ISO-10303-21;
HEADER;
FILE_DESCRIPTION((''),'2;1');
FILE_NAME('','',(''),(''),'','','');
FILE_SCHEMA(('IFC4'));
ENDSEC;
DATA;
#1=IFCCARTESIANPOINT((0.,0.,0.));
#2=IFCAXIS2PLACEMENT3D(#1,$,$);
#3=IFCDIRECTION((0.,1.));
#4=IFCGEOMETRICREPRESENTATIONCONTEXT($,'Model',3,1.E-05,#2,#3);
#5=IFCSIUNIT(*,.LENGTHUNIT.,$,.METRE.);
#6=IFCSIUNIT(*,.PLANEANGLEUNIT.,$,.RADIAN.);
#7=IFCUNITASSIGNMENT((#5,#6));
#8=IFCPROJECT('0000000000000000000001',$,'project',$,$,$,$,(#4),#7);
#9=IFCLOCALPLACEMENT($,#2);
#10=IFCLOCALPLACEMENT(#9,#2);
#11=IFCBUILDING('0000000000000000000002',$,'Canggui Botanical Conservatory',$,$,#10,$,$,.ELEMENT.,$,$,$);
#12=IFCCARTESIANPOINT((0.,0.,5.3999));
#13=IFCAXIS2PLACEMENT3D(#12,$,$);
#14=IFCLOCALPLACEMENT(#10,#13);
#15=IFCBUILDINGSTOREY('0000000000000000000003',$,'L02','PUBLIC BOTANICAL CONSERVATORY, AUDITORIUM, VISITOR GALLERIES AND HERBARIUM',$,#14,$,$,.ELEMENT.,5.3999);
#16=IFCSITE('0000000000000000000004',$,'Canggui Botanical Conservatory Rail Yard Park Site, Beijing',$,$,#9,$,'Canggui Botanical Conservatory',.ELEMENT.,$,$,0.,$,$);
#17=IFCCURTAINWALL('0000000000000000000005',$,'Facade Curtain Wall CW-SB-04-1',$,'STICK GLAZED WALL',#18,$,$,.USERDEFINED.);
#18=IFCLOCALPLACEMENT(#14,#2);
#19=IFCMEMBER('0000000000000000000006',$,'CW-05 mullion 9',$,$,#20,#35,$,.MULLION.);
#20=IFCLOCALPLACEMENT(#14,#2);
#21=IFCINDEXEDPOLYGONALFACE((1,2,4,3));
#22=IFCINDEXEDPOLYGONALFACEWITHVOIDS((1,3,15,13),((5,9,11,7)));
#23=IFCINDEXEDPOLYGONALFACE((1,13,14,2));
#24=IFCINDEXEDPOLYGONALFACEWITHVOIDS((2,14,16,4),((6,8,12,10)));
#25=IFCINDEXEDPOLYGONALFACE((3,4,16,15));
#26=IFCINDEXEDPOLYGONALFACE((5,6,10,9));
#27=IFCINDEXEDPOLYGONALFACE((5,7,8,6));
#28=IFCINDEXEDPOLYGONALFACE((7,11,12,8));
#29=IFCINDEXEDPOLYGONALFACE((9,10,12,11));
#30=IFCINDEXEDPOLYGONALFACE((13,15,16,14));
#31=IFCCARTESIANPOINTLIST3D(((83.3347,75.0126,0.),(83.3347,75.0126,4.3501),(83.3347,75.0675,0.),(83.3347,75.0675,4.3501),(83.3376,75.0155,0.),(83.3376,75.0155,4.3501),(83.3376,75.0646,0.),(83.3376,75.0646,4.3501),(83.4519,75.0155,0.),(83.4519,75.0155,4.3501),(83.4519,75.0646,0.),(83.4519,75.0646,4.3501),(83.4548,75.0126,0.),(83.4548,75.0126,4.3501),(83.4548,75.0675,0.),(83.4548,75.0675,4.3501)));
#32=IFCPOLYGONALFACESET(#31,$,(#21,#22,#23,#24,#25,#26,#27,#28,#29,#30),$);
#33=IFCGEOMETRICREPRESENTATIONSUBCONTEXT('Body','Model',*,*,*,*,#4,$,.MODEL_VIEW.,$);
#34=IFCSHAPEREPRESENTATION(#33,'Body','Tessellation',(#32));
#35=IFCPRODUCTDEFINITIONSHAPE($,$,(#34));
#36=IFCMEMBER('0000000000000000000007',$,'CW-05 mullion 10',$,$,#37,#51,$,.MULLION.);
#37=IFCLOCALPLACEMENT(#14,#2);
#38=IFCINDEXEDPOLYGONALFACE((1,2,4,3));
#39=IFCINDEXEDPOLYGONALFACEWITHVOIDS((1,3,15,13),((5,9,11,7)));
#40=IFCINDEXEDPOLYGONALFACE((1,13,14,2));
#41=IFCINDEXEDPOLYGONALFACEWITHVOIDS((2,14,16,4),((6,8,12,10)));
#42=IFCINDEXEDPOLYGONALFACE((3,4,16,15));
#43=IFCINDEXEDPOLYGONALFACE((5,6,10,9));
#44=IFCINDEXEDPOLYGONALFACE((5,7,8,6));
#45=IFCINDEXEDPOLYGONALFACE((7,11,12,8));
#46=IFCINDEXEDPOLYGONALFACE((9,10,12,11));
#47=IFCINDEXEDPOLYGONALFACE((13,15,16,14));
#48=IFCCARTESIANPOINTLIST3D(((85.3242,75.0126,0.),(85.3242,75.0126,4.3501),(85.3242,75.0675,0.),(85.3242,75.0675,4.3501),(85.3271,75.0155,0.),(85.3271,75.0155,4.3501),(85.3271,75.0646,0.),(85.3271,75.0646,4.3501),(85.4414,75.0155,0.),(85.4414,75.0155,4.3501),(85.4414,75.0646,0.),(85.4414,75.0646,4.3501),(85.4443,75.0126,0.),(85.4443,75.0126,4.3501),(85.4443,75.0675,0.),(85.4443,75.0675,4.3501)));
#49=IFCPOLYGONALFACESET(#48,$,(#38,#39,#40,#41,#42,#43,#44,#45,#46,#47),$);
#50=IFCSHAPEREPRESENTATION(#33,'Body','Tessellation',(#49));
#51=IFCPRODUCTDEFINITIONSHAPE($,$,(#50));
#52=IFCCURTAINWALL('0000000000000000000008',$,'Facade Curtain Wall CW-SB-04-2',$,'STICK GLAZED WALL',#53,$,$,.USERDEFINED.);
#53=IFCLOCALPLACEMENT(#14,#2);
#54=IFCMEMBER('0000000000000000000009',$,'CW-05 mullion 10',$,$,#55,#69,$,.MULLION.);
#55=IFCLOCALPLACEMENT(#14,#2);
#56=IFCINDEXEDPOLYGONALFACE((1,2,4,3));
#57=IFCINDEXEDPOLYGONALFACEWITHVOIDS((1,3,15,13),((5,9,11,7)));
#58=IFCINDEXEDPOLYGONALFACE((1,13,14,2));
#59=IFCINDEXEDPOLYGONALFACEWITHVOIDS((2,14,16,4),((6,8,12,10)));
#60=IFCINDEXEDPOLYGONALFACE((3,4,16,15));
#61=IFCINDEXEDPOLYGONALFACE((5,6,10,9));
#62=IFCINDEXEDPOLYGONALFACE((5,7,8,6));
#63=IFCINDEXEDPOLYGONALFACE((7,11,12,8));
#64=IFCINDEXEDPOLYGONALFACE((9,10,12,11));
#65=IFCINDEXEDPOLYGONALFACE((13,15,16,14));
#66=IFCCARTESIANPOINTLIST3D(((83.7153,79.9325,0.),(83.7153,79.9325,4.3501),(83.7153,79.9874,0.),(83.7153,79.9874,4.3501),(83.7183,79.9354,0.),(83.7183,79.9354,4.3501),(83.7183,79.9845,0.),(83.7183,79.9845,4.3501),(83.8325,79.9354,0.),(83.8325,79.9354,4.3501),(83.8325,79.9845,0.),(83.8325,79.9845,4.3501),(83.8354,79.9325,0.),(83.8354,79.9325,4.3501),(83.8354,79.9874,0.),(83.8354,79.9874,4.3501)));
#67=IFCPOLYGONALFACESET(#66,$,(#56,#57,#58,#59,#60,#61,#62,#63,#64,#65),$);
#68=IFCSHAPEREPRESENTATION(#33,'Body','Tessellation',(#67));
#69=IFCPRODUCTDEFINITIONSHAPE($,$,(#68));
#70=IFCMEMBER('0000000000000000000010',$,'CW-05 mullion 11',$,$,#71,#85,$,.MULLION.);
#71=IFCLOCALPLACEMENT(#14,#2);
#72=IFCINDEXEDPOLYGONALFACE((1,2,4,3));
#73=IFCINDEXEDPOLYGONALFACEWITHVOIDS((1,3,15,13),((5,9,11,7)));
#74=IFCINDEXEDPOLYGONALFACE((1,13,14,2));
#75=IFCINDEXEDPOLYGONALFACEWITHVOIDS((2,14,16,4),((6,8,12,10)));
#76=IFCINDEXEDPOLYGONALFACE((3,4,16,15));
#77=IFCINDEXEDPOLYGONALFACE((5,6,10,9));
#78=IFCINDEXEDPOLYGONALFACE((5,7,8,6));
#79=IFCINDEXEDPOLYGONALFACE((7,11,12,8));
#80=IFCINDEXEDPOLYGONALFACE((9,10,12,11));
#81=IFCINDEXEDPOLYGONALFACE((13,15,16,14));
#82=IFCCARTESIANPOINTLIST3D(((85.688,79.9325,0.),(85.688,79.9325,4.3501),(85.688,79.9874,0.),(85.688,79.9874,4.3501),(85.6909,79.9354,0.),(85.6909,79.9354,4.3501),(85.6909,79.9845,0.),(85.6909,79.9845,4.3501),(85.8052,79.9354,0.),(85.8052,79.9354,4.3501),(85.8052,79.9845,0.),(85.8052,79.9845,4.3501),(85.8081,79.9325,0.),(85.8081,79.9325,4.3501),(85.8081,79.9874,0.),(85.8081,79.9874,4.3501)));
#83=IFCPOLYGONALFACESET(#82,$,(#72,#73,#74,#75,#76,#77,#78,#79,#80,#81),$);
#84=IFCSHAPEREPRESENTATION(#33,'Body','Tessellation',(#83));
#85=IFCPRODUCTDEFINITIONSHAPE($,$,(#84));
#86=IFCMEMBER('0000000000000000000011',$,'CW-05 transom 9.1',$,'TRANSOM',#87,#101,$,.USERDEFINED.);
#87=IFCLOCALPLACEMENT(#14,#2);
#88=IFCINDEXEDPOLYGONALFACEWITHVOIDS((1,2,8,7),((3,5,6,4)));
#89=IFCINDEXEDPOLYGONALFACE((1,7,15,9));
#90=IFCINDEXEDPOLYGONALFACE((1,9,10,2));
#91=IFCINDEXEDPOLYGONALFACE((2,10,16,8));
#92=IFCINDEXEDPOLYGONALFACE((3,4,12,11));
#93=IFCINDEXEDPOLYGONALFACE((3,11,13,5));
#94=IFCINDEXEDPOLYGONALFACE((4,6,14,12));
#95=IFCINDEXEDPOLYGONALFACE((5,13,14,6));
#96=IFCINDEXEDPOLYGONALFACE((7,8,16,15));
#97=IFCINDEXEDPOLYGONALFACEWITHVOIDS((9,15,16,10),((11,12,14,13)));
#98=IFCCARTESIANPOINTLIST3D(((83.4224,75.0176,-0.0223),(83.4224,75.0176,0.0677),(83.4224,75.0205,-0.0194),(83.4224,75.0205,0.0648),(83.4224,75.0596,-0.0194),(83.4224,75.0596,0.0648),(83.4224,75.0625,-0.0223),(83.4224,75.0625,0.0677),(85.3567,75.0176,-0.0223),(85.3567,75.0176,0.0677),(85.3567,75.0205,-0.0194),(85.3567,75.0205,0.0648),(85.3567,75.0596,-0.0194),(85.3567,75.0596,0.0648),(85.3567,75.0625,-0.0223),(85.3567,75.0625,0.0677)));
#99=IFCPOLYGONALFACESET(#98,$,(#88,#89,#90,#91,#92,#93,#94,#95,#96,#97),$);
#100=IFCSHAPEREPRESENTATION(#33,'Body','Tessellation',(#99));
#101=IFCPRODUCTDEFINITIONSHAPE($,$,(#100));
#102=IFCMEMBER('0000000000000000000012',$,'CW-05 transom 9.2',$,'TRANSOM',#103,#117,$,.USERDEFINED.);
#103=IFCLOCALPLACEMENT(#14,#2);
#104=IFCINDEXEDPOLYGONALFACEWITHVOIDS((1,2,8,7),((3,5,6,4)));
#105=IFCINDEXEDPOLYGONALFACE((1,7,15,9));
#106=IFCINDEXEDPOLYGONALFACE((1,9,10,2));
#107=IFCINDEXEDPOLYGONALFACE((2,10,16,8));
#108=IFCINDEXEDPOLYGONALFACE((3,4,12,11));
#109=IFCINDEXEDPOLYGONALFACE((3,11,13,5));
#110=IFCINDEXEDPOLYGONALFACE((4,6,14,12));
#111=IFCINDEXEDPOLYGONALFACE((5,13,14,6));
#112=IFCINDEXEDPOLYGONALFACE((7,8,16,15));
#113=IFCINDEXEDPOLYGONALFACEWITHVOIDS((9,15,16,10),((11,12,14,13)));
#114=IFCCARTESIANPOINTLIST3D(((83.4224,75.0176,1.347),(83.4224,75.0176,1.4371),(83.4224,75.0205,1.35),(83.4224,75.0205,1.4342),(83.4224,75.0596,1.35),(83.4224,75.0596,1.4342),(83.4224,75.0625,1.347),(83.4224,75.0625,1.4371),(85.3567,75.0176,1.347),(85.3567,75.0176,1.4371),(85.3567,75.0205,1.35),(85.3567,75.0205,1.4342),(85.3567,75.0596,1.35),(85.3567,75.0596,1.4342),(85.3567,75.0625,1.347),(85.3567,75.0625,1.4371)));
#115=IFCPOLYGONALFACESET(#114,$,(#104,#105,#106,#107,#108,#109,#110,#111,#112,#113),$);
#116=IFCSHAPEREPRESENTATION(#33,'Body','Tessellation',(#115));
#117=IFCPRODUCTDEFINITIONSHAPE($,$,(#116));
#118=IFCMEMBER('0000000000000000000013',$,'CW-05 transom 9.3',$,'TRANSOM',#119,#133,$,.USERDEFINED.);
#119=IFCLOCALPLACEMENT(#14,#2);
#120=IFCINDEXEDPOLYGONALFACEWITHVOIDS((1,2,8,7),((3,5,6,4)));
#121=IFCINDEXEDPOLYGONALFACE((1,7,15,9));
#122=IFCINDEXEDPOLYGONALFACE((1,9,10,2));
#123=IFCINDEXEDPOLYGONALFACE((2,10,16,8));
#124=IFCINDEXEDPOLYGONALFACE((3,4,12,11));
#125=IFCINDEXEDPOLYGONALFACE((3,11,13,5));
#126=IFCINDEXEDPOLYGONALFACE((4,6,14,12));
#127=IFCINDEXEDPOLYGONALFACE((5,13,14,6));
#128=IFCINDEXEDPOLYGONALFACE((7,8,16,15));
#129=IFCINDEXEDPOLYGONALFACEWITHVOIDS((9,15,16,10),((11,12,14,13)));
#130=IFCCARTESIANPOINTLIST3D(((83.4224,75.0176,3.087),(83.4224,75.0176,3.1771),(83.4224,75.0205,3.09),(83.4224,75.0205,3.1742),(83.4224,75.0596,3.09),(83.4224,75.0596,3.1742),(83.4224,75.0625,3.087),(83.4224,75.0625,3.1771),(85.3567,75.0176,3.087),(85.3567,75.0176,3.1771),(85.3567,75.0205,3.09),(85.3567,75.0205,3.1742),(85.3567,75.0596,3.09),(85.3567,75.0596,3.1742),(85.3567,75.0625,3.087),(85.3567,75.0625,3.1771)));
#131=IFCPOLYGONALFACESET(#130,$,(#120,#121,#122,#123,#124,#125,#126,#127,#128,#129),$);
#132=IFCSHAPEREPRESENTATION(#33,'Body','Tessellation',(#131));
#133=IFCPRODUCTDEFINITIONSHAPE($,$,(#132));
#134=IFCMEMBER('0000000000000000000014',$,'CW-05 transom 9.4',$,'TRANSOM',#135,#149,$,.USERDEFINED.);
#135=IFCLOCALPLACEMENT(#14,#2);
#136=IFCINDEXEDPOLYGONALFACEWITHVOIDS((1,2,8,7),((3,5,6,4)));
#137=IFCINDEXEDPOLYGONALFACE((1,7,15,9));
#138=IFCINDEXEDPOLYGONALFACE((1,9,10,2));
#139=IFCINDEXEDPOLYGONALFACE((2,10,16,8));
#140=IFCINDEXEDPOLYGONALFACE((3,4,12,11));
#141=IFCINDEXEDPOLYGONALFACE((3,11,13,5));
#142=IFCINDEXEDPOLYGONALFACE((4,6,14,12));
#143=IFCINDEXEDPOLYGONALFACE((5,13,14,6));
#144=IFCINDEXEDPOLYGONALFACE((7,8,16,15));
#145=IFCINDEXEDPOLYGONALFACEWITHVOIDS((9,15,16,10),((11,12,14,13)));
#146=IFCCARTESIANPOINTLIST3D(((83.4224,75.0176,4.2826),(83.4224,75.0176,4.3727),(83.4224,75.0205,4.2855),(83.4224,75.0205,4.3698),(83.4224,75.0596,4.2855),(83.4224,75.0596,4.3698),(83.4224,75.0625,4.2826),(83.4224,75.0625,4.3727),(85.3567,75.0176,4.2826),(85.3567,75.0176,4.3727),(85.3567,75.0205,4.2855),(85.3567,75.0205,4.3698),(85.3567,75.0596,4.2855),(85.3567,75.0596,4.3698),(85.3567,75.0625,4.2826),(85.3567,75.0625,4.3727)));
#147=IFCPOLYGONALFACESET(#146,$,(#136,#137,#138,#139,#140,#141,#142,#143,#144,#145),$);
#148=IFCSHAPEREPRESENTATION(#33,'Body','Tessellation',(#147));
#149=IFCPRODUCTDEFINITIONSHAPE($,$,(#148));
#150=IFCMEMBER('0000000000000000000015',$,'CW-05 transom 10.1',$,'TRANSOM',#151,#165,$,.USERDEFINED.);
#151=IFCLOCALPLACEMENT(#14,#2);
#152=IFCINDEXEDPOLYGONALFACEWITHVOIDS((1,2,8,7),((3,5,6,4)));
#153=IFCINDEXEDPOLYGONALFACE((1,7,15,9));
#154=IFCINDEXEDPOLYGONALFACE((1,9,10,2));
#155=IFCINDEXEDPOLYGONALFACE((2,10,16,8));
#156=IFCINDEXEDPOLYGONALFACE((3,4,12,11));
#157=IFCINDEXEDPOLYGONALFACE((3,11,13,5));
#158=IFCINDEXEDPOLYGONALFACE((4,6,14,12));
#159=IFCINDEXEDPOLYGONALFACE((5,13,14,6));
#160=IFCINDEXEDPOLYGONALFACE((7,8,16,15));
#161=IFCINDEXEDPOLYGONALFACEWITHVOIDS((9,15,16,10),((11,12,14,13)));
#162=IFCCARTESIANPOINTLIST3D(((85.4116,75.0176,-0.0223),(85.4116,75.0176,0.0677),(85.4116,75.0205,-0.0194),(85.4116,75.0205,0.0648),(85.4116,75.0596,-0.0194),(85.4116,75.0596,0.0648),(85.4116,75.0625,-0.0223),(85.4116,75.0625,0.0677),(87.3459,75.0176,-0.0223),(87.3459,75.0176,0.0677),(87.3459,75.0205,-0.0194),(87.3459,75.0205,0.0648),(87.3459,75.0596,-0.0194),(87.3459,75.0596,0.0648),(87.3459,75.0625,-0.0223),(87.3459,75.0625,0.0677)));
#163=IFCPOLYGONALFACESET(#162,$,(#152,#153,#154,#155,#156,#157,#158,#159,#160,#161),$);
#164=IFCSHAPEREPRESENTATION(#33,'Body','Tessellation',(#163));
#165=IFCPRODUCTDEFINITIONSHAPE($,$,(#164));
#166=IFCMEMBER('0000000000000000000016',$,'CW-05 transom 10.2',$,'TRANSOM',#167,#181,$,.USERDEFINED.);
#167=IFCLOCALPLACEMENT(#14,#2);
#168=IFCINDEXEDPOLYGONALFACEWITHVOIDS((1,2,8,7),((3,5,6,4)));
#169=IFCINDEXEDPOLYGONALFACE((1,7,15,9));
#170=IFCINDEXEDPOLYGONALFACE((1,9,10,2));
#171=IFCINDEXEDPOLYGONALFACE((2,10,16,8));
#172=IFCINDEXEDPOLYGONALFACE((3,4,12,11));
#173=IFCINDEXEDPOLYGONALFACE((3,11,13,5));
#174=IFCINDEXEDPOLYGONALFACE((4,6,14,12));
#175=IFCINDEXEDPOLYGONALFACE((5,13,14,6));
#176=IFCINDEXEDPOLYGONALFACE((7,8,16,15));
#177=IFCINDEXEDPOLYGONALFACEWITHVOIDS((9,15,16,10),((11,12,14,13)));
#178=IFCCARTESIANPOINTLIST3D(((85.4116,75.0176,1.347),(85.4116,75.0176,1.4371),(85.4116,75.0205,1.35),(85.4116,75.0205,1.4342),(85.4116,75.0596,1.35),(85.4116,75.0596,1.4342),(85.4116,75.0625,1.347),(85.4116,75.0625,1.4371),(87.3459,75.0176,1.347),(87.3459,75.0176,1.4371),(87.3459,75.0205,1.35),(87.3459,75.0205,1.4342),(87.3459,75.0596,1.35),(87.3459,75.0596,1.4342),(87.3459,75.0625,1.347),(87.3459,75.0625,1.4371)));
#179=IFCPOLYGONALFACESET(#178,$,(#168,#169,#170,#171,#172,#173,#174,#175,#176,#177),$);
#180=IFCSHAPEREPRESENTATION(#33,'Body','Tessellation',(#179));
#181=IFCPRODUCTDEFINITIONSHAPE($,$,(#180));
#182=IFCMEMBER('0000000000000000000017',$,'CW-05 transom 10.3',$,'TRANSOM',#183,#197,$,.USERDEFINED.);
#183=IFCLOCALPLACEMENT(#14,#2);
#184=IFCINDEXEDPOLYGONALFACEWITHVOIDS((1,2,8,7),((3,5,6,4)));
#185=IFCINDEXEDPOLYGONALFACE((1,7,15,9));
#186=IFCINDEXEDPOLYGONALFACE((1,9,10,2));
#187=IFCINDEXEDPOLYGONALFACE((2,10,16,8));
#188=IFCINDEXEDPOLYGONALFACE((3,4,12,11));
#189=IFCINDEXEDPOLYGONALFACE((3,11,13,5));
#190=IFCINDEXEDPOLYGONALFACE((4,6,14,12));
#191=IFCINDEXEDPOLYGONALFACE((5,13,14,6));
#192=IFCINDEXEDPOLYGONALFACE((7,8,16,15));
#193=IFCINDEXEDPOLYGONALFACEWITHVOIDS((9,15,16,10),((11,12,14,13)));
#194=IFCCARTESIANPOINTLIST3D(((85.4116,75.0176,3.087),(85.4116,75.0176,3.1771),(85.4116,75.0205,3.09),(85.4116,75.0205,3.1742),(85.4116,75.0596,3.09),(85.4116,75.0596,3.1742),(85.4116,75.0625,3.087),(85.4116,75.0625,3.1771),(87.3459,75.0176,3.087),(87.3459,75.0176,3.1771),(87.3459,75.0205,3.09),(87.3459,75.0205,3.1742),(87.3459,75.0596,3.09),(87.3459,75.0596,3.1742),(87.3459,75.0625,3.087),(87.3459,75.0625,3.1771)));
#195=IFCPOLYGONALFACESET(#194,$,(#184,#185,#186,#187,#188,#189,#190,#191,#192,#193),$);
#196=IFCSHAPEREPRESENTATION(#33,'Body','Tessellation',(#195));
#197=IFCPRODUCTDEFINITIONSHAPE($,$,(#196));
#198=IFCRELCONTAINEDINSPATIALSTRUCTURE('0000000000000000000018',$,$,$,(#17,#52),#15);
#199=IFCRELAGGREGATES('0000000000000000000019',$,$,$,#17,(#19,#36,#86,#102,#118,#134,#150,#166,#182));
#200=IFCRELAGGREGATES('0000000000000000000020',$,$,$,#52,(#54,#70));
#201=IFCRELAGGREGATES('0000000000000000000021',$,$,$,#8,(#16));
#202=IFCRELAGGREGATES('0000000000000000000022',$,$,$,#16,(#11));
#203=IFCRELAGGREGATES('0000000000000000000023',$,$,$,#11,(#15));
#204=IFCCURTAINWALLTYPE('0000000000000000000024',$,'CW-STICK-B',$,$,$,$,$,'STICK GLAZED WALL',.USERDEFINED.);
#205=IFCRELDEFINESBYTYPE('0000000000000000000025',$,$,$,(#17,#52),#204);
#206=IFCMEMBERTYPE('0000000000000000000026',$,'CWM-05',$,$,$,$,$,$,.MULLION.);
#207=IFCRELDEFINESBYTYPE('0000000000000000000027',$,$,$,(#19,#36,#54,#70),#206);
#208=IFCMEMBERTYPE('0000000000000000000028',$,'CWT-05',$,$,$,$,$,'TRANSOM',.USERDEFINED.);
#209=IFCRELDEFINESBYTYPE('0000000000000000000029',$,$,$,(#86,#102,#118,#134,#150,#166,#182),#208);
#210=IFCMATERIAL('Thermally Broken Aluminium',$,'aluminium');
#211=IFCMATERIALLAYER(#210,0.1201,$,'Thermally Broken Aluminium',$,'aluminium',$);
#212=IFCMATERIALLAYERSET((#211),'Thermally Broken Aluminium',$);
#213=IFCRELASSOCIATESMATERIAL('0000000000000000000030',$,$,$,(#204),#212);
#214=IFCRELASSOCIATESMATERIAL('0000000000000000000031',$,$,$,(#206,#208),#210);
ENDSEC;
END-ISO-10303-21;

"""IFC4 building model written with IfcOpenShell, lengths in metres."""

from ifc_helpers import new_model, si_unit, direction, frame, origin, origin_2d, place, context, subcontext, project, spatial, hollow_rectangle, extrude, material, layer, layer_set, material_profile, profile_set, type_object, element, aggregate, save


model = new_model("IFC4")

# Units and contexts
model_context = context("Model", 3, precision=1e-05, world=origin(), true_north=direction((0.0, 1.0)))
body_context = subcontext(model_context, "Body", "Model", "MODEL_VIEW")
ifc_project = project(units=[si_unit("LENGTHUNIT", "METRE"), si_unit("PLANEANGLEUNIT", "RADIAN")], contexts=[model_context])

# Site, building, storey
site_placement = place(None, origin())
site = spatial("IfcSite", under=ifc_project, at=site_placement, Name="Canggui Botanical Conservatory Rail Yard Park Site, Beijing", LongName="Canggui Botanical Conservatory", CompositionType="ELEMENT", RefElevation=0.0)
building_placement = place(site_placement, origin())
building = spatial("IfcBuilding", under=site, at=building_placement, Name="Canggui Botanical Conservatory", CompositionType="ELEMENT")
storey_placement = place(building_placement, frame((0.0, 0.0, 5.3999)))
storey = spatial("IfcBuildingStorey", under=building, at=storey_placement, Name="L02", Description="PUBLIC BOTANICAL CONSERVATORY, AUDITORIUM, VISITOR GALLERIES AND HERBARIUM", CompositionType="ELEMENT", Elevation=5.3999)

# Curtain walls, members
ifc_material_1 = material(Name="Thermally Broken Aluminium", Category="aluminium")
ifc_layer_1 = layer(ifc_material_1, 0.1201, Name="Thermally Broken Aluminium", Category="aluminium")
ifc_layer_set_1 = layer_set([ifc_layer_1], Name="Thermally Broken Aluminium")
curtain_wall_type = type_object("IfcCurtainWallType", Name="CW-STICK-B", ElementType="STICK GLAZED WALL", PredefinedType="USERDEFINED", material=ifc_layer_set_1)
curtain_wall_1_placement = place(storey_placement, origin())
curtain_wall_1 = element("IfcCurtainWall", 1, at=curtain_wall_1_placement, inside=storey, type_object=curtain_wall_type, Name="Facade Curtain Wall CW-SB-04-1", ObjectType="STICK GLAZED WALL", PredefinedType="USERDEFINED")
ifc_material_profile_1 = material_profile(ifc_material_1, hollow_rectangle(XDim=0.0549, YDim=0.1201, WallThickness=0.0029, at=origin_2d()), Name="CWM 55x120x3")
ifc_profile_set_1 = profile_set([ifc_material_profile_1], Name="Thermally Broken Aluminium")
member_type_1 = type_object("IfcMemberType", Name="CWM-05", PredefinedType="MULLION", material=ifc_profile_set_1)
member_1_placement = place(storey_placement, frame((83.3948, 75.04, 0.0), z_axis=(0.0, 0.0, 1.0), x_axis=(0.0, 1.0, 0.0)))
member_1 = element("IfcMember", 2, at=member_1_placement, type_object=member_type_1, Name="CW-05 mullion 9", PredefinedType="MULLION", context=body_context, shape_type="SweptSolid", body=[
    extrude(hollow_rectangle(XDim=0.0549, YDim=0.1201, WallThickness=0.0029, at=origin_2d()), origin(), (0.0, 0.0, 1.0), 4.3501),
])
member_2_placement = place(storey_placement, frame((85.3843, 75.04, 0.0), z_axis=(0.0, 0.0, 1.0), x_axis=(0.0, 1.0, 0.0)))
member_2 = element("IfcMember", 3, at=member_2_placement, type_object=member_type_1, Name="CW-05 mullion 10", PredefinedType="MULLION", context=body_context, shape_type="SweptSolid", body=[
    extrude(hollow_rectangle(XDim=0.0549, YDim=0.1201, WallThickness=0.0029, at=origin_2d()), origin(), (0.0, 0.0, 1.0), 4.3501),
])
curtain_wall_2_placement = place(storey_placement, origin())
curtain_wall_2 = element("IfcCurtainWall", 4, at=curtain_wall_2_placement, inside=storey, type_object=curtain_wall_type, Name="Facade Curtain Wall CW-SB-04-2", ObjectType="STICK GLAZED WALL", PredefinedType="USERDEFINED")
member_3_placement = place(storey_placement, frame((83.7754, 79.96, 0.0), z_axis=(0.0, 0.0, 1.0), x_axis=(0.0, 1.0, 0.0)))
member_3 = element("IfcMember", 5, at=member_3_placement, type_object=member_type_1, Name="CW-05 mullion 10", PredefinedType="MULLION", context=body_context, shape_type="SweptSolid", body=[
    extrude(hollow_rectangle(XDim=0.0549, YDim=0.1201, WallThickness=0.0029, at=origin_2d()), origin(), (0.0, 0.0, 1.0), 4.3501),
])
member_4_placement = place(storey_placement, frame((85.748, 79.96, 0.0), z_axis=(0.0, 0.0, 1.0), x_axis=(0.0, 1.0, 0.0)))
member_4 = element("IfcMember", 6, at=member_4_placement, type_object=member_type_1, Name="CW-05 mullion 11", PredefinedType="MULLION", context=body_context, shape_type="SweptSolid", body=[
    extrude(hollow_rectangle(XDim=0.0549, YDim=0.1201, WallThickness=0.0029, at=origin_2d()), origin(), (0.0, 0.0, 1.0), 4.3501),
])

# Members
ifc_material_profile_2 = material_profile(ifc_material_1, hollow_rectangle(XDim=0.0449, YDim=0.0901, WallThickness=0.0029, at=origin_2d()), Name="CWT 45x90x3")
ifc_profile_set_2 = profile_set([ifc_material_profile_2], Name="Thermally Broken Aluminium")
member_type_2 = type_object("IfcMemberType", Name="CWT-05", ElementType="TRANSOM", PredefinedType="USERDEFINED", material=ifc_profile_set_2)
member_5_placement = place(storey_placement, frame((83.4224, 75.04, 0.0227), z_axis=(1.0, 0.0, 0.0), x_axis=(0.0, 1.0, 0.0)))
member_5 = element("IfcMember", 7, at=member_5_placement, type_object=member_type_2, Name="CW-05 transom 9.1", ObjectType="TRANSOM", PredefinedType="USERDEFINED", context=body_context, shape_type="SweptSolid", body=[
    extrude(hollow_rectangle(XDim=0.0449, YDim=0.0901, WallThickness=0.0029, at=origin_2d()), origin(), (0.0, 0.0, 1.0), 1.9343),
])
member_6_placement = place(storey_placement, frame((83.4224, 75.04, 1.3921), z_axis=(1.0, 0.0, 0.0), x_axis=(0.0, 1.0, 0.0)))
member_6 = element("IfcMember", 8, at=member_6_placement, type_object=member_type_2, Name="CW-05 transom 9.2", ObjectType="TRANSOM", PredefinedType="USERDEFINED", context=body_context, shape_type="SweptSolid", body=[
    extrude(hollow_rectangle(XDim=0.0449, YDim=0.0901, WallThickness=0.0029, at=origin_2d()), origin(), (0.0, 0.0, 1.0), 1.9343),
])
member_7_placement = place(storey_placement, frame((83.4224, 75.04, 3.1321), z_axis=(1.0, 0.0, 0.0), x_axis=(0.0, 1.0, 0.0)))
member_7 = element("IfcMember", 9, at=member_7_placement, type_object=member_type_2, Name="CW-05 transom 9.3", ObjectType="TRANSOM", PredefinedType="USERDEFINED", context=body_context, shape_type="SweptSolid", body=[
    extrude(hollow_rectangle(XDim=0.0449, YDim=0.0901, WallThickness=0.0029, at=origin_2d()), origin(), (0.0, 0.0, 1.0), 1.9343),
])
member_8_placement = place(storey_placement, frame((83.4224, 75.04, 4.3276), z_axis=(1.0, 0.0, 0.0), x_axis=(0.0, 1.0, 0.0)))
member_8 = element("IfcMember", 10, at=member_8_placement, type_object=member_type_2, Name="CW-05 transom 9.4", ObjectType="TRANSOM", PredefinedType="USERDEFINED", context=body_context, shape_type="SweptSolid", body=[
    extrude(hollow_rectangle(XDim=0.0449, YDim=0.0901, WallThickness=0.0029, at=origin_2d()), origin(), (0.0, 0.0, 1.0), 1.9343),
])
member_9_placement = place(storey_placement, frame((85.4116, 75.04, 0.0227), z_axis=(1.0, 0.0, 0.0), x_axis=(0.0, 1.0, 0.0)))
member_9 = element("IfcMember", 11, at=member_9_placement, type_object=member_type_2, Name="CW-05 transom 10.1", ObjectType="TRANSOM", PredefinedType="USERDEFINED", context=body_context, shape_type="SweptSolid", body=[
    extrude(hollow_rectangle(XDim=0.0449, YDim=0.0901, WallThickness=0.0029, at=origin_2d()), origin(), (0.0, 0.0, 1.0), 1.9343),
])
member_10_placement = place(storey_placement, frame((85.4116, 75.04, 1.3921), z_axis=(1.0, 0.0, 0.0), x_axis=(0.0, 1.0, 0.0)))
member_10 = element("IfcMember", 12, at=member_10_placement, type_object=member_type_2, Name="CW-05 transom 10.2", ObjectType="TRANSOM", PredefinedType="USERDEFINED", context=body_context, shape_type="SweptSolid", body=[
    extrude(hollow_rectangle(XDim=0.0449, YDim=0.0901, WallThickness=0.0029, at=origin_2d()), origin(), (0.0, 0.0, 1.0), 1.9343),
])
member_11_placement = place(storey_placement, frame((85.4116, 75.04, 3.1321), z_axis=(1.0, 0.0, 0.0), x_axis=(0.0, 1.0, 0.0)))
member_11 = element("IfcMember", 13, at=member_11_placement, type_object=member_type_2, Name="CW-05 transom 10.3", ObjectType="TRANSOM", PredefinedType="USERDEFINED", context=body_context, shape_type="SweptSolid", body=[
    extrude(hollow_rectangle(XDim=0.0449, YDim=0.0901, WallThickness=0.0029, at=origin_2d()), origin(), (0.0, 0.0, 1.0), 1.9343),
])

aggregate(curtain_wall_1, [member_1, member_2, member_5, member_6, member_7, member_8, member_9, member_10, member_11])
aggregate(curtain_wall_2, [member_3, member_4])

save(model, "model.ifc")
